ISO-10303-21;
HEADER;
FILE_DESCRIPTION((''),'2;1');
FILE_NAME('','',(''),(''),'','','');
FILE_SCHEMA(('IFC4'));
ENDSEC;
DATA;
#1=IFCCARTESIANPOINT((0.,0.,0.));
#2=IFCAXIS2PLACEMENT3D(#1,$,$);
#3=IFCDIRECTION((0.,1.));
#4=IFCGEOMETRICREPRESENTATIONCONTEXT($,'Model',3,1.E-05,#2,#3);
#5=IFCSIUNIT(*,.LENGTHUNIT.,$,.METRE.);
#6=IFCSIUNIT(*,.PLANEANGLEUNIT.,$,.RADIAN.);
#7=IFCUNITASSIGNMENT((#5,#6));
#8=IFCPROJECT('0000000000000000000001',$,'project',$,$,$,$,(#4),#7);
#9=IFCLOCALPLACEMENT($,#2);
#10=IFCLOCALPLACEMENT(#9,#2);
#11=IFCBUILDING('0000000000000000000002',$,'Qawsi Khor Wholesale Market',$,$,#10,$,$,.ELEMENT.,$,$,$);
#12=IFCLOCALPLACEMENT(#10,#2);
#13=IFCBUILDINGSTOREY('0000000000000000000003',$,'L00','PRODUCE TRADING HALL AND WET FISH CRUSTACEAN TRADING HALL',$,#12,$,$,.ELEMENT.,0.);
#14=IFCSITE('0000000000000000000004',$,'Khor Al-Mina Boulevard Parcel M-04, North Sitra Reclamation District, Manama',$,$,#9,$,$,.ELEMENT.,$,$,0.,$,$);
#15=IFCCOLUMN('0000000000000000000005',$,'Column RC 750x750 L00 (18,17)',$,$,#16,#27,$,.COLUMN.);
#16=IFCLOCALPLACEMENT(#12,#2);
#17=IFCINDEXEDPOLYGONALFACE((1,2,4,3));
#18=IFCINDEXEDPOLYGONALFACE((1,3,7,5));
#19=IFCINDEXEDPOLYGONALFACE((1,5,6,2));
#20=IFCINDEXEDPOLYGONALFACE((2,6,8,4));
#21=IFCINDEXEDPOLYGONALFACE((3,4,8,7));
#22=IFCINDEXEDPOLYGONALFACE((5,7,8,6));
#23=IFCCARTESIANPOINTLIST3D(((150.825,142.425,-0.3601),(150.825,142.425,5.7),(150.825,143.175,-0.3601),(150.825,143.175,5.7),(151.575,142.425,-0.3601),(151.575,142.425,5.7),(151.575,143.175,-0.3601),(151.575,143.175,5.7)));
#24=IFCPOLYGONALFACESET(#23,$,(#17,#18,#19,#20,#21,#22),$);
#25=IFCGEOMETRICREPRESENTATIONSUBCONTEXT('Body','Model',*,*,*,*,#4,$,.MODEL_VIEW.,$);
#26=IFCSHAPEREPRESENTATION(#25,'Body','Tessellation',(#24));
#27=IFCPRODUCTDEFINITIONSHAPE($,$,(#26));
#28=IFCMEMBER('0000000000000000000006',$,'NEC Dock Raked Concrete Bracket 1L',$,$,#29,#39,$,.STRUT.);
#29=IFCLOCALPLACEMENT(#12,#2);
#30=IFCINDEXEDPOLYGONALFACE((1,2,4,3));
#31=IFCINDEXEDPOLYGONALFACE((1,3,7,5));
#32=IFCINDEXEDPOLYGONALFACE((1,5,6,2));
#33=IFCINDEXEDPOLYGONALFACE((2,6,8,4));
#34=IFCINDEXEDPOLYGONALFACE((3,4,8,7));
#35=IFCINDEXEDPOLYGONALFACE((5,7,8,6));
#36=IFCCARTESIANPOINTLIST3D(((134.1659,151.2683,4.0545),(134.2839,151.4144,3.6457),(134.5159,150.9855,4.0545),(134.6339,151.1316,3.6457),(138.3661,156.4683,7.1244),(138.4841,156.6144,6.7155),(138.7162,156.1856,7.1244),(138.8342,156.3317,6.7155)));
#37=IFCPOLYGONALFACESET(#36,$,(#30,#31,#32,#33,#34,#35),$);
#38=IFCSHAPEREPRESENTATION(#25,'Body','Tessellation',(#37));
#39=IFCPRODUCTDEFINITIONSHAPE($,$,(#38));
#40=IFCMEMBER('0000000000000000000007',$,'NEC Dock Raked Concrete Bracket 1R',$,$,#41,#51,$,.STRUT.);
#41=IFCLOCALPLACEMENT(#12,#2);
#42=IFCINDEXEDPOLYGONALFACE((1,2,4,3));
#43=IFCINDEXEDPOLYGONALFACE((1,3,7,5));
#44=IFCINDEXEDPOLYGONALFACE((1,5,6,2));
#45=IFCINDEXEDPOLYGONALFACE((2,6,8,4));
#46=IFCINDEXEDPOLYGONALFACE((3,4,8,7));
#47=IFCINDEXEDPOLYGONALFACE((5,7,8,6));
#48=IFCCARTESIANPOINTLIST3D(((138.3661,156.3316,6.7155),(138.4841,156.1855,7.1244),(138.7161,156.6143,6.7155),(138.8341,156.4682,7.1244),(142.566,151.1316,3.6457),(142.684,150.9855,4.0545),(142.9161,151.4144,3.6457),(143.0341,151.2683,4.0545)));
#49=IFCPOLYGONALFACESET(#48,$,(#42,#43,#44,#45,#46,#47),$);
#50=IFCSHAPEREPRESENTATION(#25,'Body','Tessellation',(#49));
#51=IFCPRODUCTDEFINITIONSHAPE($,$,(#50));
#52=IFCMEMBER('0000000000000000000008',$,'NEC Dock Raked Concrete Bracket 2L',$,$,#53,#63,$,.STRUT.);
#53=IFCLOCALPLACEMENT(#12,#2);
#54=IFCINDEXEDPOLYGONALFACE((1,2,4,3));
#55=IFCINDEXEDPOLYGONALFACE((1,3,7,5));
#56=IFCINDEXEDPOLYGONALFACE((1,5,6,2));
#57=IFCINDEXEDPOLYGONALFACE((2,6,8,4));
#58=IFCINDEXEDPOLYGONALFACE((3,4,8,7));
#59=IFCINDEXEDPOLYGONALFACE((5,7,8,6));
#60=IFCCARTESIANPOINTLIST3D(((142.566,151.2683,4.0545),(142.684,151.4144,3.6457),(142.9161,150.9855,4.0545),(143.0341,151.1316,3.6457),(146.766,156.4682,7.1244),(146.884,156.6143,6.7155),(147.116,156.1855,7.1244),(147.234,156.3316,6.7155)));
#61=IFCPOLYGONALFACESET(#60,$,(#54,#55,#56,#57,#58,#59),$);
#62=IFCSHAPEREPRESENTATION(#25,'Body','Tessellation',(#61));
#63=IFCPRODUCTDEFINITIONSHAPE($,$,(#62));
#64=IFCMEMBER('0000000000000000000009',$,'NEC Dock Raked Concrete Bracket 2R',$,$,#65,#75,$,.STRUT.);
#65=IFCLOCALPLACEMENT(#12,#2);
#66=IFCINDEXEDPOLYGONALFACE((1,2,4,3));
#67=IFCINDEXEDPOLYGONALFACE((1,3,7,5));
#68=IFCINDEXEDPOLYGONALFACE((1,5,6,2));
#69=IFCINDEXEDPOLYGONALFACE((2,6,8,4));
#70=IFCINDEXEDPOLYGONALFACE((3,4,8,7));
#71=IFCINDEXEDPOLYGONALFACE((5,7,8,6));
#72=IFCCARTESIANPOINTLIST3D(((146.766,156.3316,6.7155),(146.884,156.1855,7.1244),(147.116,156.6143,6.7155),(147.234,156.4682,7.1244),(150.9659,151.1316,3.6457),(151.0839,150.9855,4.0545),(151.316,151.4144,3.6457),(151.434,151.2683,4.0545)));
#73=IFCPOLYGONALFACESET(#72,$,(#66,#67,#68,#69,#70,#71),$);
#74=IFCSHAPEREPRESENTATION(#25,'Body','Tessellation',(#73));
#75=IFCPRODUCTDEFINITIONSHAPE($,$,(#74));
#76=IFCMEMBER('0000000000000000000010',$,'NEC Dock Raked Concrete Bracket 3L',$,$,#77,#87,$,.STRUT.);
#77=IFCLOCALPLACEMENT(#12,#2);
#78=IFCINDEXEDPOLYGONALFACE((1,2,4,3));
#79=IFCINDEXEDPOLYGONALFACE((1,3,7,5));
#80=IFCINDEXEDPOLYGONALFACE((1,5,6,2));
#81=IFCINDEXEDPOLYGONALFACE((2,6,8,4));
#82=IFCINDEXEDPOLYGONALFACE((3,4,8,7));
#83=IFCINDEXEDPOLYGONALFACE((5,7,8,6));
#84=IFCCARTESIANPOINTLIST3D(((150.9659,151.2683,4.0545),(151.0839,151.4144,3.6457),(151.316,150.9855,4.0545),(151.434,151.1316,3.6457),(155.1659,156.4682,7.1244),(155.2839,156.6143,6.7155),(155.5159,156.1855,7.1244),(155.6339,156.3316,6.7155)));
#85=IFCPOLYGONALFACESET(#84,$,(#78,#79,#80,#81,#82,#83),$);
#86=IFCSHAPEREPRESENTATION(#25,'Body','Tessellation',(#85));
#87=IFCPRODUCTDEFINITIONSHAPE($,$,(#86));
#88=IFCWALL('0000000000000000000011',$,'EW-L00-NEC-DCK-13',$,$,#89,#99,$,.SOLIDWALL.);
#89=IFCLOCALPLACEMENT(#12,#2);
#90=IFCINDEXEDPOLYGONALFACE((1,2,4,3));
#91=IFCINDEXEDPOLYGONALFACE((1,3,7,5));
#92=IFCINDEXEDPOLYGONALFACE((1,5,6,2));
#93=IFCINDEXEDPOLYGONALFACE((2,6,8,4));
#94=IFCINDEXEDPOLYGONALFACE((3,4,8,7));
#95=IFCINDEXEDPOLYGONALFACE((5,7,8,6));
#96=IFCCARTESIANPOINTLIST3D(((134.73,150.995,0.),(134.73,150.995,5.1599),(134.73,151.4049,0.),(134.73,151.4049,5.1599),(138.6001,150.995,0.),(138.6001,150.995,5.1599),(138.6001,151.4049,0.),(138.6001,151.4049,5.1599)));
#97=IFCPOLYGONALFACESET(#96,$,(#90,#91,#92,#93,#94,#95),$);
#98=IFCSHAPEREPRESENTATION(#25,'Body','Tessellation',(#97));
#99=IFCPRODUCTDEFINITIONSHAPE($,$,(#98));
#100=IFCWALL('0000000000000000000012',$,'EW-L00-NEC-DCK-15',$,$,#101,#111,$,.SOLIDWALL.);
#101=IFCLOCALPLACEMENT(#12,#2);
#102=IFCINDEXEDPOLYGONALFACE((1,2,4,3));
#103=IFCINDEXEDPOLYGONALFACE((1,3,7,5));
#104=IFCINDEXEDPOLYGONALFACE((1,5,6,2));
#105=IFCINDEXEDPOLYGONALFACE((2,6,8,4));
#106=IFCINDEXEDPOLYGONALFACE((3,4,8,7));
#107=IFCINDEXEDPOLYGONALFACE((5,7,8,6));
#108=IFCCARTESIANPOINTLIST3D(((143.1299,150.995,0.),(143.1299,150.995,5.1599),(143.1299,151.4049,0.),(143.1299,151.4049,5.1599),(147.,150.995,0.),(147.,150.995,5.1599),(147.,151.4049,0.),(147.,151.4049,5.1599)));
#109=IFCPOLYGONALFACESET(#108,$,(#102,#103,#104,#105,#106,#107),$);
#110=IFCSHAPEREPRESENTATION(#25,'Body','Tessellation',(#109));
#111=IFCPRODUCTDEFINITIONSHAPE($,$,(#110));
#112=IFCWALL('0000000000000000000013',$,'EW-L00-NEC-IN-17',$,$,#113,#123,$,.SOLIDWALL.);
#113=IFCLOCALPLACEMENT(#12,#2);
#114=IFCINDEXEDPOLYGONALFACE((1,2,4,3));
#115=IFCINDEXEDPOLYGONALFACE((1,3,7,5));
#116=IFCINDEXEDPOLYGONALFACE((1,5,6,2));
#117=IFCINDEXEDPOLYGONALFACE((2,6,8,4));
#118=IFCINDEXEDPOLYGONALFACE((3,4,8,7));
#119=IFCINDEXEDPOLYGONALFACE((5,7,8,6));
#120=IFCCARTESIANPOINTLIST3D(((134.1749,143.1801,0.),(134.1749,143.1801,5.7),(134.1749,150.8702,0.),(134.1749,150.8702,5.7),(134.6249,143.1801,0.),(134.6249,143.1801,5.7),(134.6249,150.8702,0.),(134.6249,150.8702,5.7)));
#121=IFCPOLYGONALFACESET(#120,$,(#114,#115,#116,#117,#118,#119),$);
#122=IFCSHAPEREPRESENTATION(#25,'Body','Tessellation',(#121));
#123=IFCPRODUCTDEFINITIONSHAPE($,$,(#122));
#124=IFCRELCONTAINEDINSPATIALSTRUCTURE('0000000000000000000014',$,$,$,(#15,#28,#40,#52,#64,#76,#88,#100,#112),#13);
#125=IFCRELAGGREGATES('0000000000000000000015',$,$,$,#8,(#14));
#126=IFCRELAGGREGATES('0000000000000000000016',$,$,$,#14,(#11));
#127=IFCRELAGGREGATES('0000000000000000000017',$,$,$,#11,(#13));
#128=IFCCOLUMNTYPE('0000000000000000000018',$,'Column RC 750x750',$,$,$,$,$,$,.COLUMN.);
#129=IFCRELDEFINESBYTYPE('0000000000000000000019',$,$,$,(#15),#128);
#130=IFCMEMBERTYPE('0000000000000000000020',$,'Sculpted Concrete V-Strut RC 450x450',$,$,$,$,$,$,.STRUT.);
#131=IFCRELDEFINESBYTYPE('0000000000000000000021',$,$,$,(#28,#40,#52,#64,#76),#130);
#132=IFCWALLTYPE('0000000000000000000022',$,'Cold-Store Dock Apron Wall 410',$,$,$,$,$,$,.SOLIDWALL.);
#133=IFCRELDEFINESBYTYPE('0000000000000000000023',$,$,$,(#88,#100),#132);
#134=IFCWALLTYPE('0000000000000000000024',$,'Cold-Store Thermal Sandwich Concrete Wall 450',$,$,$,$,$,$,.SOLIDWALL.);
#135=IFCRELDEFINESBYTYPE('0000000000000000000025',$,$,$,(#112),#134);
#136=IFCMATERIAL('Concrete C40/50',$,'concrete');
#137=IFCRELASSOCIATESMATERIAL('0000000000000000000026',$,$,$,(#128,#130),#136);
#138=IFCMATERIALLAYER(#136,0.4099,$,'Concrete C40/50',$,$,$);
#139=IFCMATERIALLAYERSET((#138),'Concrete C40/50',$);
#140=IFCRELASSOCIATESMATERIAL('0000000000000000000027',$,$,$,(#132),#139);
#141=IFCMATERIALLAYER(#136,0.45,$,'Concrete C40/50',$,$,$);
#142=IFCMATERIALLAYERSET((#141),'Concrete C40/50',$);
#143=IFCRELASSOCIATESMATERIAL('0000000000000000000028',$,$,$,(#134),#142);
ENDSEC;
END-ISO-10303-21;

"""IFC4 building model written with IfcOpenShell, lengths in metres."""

from ifc_helpers import new_model, si_unit, direction, frame, frame_2d, origin, origin_2d, place, context, subcontext, project, spatial, rectangle, extrude, material, layer, layer_set, material_profile, profile_set, type_object, element, save


model = new_model("IFC4")

# Units and contexts
model_context = context("Model", 3, precision=1e-05, world=origin(), true_north=direction((0.0, 1.0)))
body_context = subcontext(model_context, "Body", "Model", "MODEL_VIEW")
ifc_project = project(units=[si_unit("LENGTHUNIT", "METRE"), si_unit("PLANEANGLEUNIT", "RADIAN")], contexts=[model_context])

# Site, building, storey
site_placement = place(None, origin())
site = spatial("IfcSite", under=ifc_project, at=site_placement, Name="Khor Al-Mina Boulevard Parcel M-04, North Sitra Reclamation District, Manama", CompositionType="ELEMENT", RefElevation=0.0)
building_placement = place(site_placement, origin())
building = spatial("IfcBuilding", under=site, at=building_placement, Name="Qawsi Khor Wholesale Market", CompositionType="ELEMENT")
storey_placement = place(building_placement, origin())
storey = spatial("IfcBuildingStorey", under=building, at=storey_placement, Name="L00", Description="PRODUCE TRADING HALL AND WET FISH CRUSTACEAN TRADING HALL", CompositionType="ELEMENT", Elevation=0.0)

# Column
ifc_material_1 = material(Name="Concrete C40/50", Category="concrete")
ifc_material_profile_1 = material_profile(ifc_material_1, rectangle(XDim=0.75, YDim=0.75, at=origin_2d()), Name="RC 750x750")
ifc_profile_set_1 = profile_set([ifc_material_profile_1], Name="Concrete C40/50")
column_type_1 = type_object("IfcColumnType", Name="Column RC 750x750", PredefinedType="COLUMN", material=ifc_profile_set_1)
column_placement = place(storey_placement, frame((151.2, 142.8, -0.3601), z_axis=(0.0, 0.0, 1.0), x_axis=(1.0, 0.0, 0.0)))
element("IfcColumn", 1, at=column_placement, inside=storey, type_object=column_type_1, Name="Column RC 750x750 L00 (18,17)", PredefinedType="COLUMN", context=body_context, shape_type="SweptSolid", body=[
    extrude(rectangle(XDim=0.75, YDim=0.75, at=origin_2d()), origin(), (0.0, 0.0, 1.0), 6.0601),
])

# Members
ifc_material_profile_2 = material_profile(ifc_material_1, rectangle(XDim=0.45, YDim=0.45, at=origin_2d()), Name="RC 450x450")
ifc_profile_set_2 = profile_set([ifc_material_profile_2], Name="Concrete C40/50")
member_type = type_object("IfcMemberType", Name="Sculpted Concrete V-Strut RC 450x450", PredefinedType="STRUT", material=ifc_profile_set_2)
member_placement = place(storey_placement, frame((134.3999, 151.2, 3.8501), z_axis=(0.57102, 0.706937, 0.417345), x_axis=(-0.777924, 0.628358, 0.0)))
element("IfcMember", 2, at=member_placement, inside=storey, type_object=member_type, Name="NEC Dock Raked Concrete Bracket 1L", PredefinedType="STRUT", context=body_context, shape_type="SweptSolid", body=[
    extrude(rectangle(XDim=0.45, YDim=0.45, at=origin_2d()), origin(), (0.0, 0.0, 1.0), 7.3557),
])
for number, where, z_axis, x_axis, name in (
    (3, (142.8, 151.2, 3.8501), (-0.570997, 0.70695, 0.417353), (-0.777942, -0.628336, 0.0), "NEC Dock Raked Concrete Bracket 1R"),
    (4, (142.8, 151.2, 3.8501), (0.570997, 0.70695, 0.417353), (-0.777942, 0.628336, 0.0), "NEC Dock Raked Concrete Bracket 2L"),
    (5, (151.2, 151.2, 3.8501), (-0.570997, 0.70695, 0.417353), (-0.777942, -0.628336, 0.0), "NEC Dock Raked Concrete Bracket 2R"),
    (6, (151.2, 151.2, 3.8501), (0.570997, 0.70695, 0.417353), (-0.777942, 0.628336, 0.0), "NEC Dock Raked Concrete Bracket 3L"),
):
    element("IfcMember", number, at=place(storey_placement, frame(where, z_axis=z_axis, x_axis=x_axis)), inside=storey, type_object=member_type, Name=name, PredefinedType="STRUT", context=body_context, shape_type="SweptSolid", body=[
        extrude(rectangle(XDim=0.45, YDim=0.45, at=origin_2d()), origin(), (0.0, 0.0, 1.0), 7.3555),
    ])

# Wall
ifc_layer_1 = layer(ifc_material_1, 0.4099, Name="Concrete C40/50")
ifc_layer_set_1 = layer_set([ifc_layer_1], Name="Concrete C40/50")
wall_type_1 = type_object("IfcWallType", Name="Cold-Store Dock Apron Wall 410", PredefinedType="SOLIDWALL", material=ifc_layer_set_1)
wall_1_placement = place(storey_placement, frame((134.73, 151.2, 0.0), z_axis=(0.0, 0.0, 1.0), x_axis=(1.0, 0.0, 0.0)))
element("IfcWall", 7, at=wall_1_placement, inside=storey, type_object=wall_type_1, Name="EW-L00-NEC-DCK-13", PredefinedType="SOLIDWALL", context=body_context, shape_type="SweptSolid", body=[
    extrude(rectangle(XDim=3.8701, YDim=0.4099, at=frame_2d((1.9351, 0.0))), origin(), (0.0, 0.0, 1.0), 5.1599),
])

# Wall
wall_2_placement = place(storey_placement, frame((143.1299, 151.2, 0.0), z_axis=(0.0, 0.0, 1.0), x_axis=(1.0, 0.0, 0.0)))
element("IfcWall", 8, at=wall_2_placement, inside=storey, type_object=wall_type_1, Name="EW-L00-NEC-DCK-15", PredefinedType="SOLIDWALL", context=body_context, shape_type="SweptSolid", body=[
    extrude(rectangle(XDim=3.8701, YDim=0.4099, at=frame_2d((1.9351, 0.0))), origin(), (0.0, 0.0, 1.0), 5.1599),
])

# Wall
ifc_layer_2 = layer(ifc_material_1, 0.45, Name="Concrete C40/50")
ifc_layer_set_2 = layer_set([ifc_layer_2], Name="Concrete C40/50")
wall_type_2 = type_object("IfcWallType", Name="Cold-Store Thermal Sandwich Concrete Wall 450", PredefinedType="SOLIDWALL", material=ifc_layer_set_2)
wall_3_placement = place(storey_placement, frame((134.3999, 143.1799, 0.0), z_axis=(0.0, 0.0, 1.0), x_axis=(0.0, 1.0, 0.0)))
element("IfcWall", 9, at=wall_3_placement, inside=storey, type_object=wall_type_2, Name="EW-L00-NEC-IN-17", PredefinedType="SOLIDWALL", context=body_context, shape_type="SweptSolid", body=[
    extrude(rectangle(XDim=7.6902, YDim=0.45, at=frame_2d((3.8452, 0.0))), origin(), (0.0, 0.0, 1.0), 5.7),
])

save(model, "model.ifc")
